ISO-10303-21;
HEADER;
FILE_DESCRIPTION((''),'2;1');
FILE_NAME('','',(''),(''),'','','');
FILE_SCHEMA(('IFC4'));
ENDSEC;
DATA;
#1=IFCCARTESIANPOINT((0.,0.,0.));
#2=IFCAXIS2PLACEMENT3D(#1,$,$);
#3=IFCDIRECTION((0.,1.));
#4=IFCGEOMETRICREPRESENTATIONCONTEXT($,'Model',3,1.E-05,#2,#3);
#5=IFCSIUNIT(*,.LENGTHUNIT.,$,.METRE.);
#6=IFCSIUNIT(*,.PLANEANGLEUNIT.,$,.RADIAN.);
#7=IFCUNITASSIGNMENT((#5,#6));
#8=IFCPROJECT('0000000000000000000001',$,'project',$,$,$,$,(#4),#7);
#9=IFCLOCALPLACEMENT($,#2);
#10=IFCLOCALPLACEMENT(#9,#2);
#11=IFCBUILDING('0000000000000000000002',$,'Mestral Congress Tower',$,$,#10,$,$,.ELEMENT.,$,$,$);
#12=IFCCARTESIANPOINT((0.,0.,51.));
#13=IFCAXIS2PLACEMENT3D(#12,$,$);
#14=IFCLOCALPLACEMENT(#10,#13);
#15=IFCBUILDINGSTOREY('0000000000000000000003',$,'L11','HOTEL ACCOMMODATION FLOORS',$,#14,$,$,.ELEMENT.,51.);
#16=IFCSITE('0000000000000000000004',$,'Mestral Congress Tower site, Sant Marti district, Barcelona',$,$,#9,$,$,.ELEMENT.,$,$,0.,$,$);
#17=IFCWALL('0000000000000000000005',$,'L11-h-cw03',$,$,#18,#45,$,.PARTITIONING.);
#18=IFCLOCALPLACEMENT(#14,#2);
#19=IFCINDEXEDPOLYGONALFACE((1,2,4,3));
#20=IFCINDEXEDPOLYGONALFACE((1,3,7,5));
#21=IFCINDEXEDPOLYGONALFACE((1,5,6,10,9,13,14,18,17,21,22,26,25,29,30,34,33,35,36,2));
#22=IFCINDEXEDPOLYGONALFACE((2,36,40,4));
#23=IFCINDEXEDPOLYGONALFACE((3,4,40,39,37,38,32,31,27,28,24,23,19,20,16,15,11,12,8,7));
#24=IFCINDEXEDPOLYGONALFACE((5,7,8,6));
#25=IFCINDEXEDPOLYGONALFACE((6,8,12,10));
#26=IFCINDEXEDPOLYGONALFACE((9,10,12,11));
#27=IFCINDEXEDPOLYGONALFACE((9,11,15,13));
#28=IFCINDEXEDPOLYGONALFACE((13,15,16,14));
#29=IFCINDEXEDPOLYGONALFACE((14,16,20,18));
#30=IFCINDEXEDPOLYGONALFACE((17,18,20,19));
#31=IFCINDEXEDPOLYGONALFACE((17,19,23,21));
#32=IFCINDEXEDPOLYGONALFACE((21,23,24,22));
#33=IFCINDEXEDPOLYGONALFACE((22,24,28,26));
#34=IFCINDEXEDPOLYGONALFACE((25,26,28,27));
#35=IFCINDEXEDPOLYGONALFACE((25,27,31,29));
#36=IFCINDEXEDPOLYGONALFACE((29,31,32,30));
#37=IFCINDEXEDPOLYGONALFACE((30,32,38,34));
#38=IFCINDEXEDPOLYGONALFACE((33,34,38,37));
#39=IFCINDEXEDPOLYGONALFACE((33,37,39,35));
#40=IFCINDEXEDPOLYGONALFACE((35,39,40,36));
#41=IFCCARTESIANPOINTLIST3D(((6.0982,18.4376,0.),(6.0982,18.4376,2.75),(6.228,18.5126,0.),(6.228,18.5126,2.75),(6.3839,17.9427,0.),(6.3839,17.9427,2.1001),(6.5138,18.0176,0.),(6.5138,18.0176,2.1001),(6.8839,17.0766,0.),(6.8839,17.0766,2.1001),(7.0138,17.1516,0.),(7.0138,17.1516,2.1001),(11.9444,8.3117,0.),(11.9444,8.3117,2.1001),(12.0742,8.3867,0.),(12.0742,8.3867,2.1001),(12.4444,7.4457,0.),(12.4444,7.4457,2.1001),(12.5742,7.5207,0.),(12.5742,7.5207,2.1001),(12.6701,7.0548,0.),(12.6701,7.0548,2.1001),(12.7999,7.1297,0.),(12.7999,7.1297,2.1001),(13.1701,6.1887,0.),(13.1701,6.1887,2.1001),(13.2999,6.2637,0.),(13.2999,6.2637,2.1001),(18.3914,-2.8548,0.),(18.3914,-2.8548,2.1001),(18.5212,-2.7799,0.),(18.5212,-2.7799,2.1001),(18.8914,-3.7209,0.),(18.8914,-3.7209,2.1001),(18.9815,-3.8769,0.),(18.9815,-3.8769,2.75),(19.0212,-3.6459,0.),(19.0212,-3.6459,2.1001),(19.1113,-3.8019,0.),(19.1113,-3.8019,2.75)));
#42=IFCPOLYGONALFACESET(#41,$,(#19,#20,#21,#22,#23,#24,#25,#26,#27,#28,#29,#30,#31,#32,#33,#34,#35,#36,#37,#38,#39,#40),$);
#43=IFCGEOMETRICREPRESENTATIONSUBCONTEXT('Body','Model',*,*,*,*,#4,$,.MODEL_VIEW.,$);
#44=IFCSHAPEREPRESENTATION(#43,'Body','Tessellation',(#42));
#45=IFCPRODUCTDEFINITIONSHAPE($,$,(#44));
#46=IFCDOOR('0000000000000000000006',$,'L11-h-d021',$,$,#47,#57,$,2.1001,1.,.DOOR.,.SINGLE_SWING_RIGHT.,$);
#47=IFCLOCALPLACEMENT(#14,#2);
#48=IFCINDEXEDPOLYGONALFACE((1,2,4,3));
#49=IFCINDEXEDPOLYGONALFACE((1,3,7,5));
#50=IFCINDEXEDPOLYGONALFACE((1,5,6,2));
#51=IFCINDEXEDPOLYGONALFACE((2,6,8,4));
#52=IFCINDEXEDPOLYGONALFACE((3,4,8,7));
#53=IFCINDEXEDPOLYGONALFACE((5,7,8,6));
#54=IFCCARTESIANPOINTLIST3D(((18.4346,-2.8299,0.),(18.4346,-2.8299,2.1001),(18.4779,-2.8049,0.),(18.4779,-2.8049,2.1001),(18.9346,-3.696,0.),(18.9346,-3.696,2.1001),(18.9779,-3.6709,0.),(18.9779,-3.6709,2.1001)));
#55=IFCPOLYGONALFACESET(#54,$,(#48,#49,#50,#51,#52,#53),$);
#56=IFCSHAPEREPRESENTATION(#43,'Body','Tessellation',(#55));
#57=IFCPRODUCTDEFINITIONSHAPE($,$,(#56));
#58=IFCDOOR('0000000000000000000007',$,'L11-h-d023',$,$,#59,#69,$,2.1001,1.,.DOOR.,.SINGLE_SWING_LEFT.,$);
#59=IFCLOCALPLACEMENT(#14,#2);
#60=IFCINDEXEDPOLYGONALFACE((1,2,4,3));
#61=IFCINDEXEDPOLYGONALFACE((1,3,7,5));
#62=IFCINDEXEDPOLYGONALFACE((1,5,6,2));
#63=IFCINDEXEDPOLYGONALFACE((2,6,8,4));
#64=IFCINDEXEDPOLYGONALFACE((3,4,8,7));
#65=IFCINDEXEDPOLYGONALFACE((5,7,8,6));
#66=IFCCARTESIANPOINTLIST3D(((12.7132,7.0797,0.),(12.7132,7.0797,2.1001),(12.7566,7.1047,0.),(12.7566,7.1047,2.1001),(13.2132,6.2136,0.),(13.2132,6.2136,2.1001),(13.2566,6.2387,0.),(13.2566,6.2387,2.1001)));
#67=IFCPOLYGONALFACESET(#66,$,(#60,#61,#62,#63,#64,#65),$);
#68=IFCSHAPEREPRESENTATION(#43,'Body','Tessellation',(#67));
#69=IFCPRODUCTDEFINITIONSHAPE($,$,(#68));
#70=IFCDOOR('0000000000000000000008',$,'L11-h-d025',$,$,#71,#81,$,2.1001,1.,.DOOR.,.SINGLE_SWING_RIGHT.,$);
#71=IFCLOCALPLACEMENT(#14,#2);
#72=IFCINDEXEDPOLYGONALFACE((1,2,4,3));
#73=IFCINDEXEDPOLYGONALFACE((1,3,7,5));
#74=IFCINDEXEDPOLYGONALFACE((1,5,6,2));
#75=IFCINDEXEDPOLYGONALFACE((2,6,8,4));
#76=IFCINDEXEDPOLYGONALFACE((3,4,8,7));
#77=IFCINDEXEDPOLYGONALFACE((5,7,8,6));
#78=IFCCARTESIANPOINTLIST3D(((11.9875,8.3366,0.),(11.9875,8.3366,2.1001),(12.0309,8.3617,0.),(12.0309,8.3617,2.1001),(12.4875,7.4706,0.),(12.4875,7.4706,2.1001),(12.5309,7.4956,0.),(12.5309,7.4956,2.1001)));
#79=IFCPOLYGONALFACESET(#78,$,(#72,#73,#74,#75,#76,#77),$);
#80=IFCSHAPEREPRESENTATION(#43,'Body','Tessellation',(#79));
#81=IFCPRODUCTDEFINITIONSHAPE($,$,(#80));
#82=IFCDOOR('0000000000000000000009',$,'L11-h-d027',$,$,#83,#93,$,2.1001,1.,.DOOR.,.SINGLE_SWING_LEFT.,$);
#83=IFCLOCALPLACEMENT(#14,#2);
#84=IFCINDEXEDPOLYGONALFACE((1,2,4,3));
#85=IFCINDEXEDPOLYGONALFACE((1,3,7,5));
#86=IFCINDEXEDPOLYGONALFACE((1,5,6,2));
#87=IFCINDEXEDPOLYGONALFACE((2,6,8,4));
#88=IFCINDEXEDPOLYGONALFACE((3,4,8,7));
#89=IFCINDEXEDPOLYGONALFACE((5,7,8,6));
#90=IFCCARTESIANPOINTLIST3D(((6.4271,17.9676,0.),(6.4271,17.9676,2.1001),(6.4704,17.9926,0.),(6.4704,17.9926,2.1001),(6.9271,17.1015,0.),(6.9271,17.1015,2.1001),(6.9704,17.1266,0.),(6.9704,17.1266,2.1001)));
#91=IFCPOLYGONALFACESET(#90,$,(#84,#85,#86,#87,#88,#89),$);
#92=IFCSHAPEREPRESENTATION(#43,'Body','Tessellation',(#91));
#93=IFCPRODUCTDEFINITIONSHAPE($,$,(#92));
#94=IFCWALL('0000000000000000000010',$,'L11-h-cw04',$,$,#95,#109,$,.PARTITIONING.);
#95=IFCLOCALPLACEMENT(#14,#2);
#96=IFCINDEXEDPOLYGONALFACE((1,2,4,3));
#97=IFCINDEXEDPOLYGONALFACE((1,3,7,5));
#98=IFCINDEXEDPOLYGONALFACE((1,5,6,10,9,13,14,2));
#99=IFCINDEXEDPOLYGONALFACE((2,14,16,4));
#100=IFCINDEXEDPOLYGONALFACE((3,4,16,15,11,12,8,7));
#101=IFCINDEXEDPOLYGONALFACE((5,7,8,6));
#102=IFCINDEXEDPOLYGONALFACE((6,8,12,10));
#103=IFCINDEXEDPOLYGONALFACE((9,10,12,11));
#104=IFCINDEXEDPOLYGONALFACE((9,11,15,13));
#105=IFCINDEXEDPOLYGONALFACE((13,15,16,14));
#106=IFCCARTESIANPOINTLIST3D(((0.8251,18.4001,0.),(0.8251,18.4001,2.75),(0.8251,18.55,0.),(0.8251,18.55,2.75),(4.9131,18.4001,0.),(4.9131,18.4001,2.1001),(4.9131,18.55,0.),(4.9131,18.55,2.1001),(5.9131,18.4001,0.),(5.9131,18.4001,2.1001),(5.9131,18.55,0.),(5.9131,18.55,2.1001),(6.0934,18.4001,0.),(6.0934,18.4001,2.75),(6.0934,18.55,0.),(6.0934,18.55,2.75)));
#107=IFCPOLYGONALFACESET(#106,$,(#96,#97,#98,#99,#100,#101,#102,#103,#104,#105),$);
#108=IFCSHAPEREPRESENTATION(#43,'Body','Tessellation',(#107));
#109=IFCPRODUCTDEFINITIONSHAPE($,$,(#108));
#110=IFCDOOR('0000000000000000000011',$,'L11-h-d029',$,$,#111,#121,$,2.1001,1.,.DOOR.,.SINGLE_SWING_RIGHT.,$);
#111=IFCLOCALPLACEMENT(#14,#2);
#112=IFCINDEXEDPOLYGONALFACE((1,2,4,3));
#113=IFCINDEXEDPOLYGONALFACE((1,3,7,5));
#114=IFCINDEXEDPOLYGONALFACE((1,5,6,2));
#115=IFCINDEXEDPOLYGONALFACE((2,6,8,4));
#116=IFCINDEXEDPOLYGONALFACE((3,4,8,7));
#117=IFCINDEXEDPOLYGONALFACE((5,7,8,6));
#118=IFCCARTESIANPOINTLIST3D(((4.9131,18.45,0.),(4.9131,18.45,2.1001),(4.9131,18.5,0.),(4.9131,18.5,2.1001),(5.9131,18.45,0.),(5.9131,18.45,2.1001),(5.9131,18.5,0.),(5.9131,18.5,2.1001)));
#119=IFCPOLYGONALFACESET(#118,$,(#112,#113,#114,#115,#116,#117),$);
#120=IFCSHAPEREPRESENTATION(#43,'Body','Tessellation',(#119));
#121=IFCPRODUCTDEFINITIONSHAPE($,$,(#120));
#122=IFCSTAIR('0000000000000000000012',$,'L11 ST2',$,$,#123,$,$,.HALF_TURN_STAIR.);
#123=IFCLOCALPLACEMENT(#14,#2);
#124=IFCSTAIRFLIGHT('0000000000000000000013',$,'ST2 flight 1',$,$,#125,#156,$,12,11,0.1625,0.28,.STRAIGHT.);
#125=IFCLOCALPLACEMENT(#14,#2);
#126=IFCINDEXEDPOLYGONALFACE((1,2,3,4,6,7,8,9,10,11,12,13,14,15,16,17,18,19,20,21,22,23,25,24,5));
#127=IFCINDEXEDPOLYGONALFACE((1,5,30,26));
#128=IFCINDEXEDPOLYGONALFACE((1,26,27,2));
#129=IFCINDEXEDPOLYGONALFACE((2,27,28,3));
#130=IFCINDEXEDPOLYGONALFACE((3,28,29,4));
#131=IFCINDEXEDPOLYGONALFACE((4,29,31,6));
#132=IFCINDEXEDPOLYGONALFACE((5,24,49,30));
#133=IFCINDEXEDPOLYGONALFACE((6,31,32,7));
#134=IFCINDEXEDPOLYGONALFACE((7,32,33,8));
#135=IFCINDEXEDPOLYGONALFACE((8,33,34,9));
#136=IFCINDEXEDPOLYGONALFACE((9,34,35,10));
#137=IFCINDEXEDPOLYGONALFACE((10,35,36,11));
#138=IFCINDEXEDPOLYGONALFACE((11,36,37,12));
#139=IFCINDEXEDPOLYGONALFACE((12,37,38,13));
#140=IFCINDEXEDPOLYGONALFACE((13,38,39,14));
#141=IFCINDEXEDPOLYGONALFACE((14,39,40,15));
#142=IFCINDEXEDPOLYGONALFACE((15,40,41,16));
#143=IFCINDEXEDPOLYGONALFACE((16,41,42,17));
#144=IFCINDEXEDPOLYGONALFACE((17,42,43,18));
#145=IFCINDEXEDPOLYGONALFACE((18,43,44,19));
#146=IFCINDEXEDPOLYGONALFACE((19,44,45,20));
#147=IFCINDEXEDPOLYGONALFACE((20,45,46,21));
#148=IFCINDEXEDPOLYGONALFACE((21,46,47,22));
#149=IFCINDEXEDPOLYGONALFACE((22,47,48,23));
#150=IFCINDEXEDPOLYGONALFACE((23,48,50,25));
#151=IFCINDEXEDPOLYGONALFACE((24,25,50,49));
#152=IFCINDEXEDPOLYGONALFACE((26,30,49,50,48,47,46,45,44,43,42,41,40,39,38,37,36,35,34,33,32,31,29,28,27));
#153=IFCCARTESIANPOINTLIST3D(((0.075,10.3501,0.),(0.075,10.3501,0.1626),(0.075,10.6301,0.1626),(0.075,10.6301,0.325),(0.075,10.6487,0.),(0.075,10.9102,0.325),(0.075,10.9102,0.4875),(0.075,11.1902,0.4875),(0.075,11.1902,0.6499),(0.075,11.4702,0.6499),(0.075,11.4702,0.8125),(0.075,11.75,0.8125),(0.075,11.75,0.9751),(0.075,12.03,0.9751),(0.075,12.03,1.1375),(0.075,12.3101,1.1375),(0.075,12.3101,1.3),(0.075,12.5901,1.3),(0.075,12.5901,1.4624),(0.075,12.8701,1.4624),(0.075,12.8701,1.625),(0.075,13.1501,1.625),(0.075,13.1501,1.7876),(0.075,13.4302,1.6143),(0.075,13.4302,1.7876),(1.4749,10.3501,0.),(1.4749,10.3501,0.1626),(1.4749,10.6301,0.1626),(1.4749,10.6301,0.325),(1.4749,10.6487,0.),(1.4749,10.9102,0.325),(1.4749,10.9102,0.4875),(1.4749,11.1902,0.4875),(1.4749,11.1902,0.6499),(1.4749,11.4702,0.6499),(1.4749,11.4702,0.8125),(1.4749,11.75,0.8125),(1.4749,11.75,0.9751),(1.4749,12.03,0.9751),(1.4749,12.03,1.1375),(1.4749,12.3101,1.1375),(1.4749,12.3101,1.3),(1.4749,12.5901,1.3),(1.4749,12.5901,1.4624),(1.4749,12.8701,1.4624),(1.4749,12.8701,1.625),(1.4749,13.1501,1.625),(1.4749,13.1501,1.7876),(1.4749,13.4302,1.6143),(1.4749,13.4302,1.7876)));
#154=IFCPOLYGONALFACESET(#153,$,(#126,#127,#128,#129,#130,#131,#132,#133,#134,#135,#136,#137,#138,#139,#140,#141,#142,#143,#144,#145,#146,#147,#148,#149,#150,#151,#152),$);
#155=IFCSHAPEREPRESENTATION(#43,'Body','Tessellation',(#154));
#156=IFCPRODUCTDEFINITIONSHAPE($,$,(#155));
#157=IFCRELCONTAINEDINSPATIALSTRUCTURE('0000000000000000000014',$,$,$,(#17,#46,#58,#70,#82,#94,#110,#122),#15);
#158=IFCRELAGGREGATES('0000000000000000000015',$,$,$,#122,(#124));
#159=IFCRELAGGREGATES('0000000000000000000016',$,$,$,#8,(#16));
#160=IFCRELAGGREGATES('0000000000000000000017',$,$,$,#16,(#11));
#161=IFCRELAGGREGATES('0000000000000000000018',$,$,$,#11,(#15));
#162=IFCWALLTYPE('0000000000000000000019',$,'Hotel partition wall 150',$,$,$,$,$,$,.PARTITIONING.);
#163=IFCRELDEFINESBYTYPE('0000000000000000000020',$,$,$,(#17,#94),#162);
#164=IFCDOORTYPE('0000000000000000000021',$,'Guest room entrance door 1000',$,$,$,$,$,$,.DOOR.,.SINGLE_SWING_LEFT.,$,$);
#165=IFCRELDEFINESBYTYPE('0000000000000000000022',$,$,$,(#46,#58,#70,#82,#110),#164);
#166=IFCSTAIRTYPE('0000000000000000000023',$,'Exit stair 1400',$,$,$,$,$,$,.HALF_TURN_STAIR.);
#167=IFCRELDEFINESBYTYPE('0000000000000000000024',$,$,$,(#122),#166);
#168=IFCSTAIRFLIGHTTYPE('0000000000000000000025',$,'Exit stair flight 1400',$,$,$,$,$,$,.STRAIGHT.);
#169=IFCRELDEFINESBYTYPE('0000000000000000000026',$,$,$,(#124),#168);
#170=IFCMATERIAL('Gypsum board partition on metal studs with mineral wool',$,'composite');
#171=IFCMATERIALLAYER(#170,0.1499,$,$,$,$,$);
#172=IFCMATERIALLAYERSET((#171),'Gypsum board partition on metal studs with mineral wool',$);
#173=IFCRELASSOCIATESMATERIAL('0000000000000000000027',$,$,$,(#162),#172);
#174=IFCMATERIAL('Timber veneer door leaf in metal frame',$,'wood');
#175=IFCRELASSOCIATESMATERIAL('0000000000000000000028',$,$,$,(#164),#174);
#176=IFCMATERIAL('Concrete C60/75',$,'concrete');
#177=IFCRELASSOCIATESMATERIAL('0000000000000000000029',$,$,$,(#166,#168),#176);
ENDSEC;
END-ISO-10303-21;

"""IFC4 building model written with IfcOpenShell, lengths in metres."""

from ifc_helpers import new_model, si_unit, direction, frame, frame_2d, origin, place, context, subcontext, project, spatial, polyline, rectangle, outline, extrude, material, layer, layer_set, type_object, element, fill, aggregate, save


model = new_model("IFC4")

# Units and contexts
model_context = context("Model", 3, precision=1e-05, world=origin(), true_north=direction((0.0, 1.0)))
body_context = subcontext(model_context, "Body", "Model", "MODEL_VIEW")
ifc_project = project(units=[si_unit("LENGTHUNIT", "METRE"), si_unit("PLANEANGLEUNIT", "RADIAN")], contexts=[model_context])

# Site, building, storey
site_placement = place(None, origin())
site = spatial("IfcSite", under=ifc_project, at=site_placement, Name="Mestral Congress Tower site, Sant Marti district, Barcelona", CompositionType="ELEMENT", RefElevation=0.0)
building_placement = place(site_placement, origin())
building = spatial("IfcBuilding", under=site, at=building_placement, Name="Mestral Congress Tower", CompositionType="ELEMENT")
storey_placement = place(building_placement, frame((0.0, 0.0, 51.0)))
storey = spatial("IfcBuildingStorey", under=building, at=storey_placement, Name="L11", Description="HOTEL ACCOMMODATION FLOORS", CompositionType="ELEMENT", Elevation=51.0)

# Shared definitions
ifc_material_1 = material(Name="Concrete C60/75", Category="concrete")

# Shared definitions
ifc_material_2 = material(Name="Gypsum board partition on metal studs with mineral wool", Category="composite")

# Wall, openings, doors
ifc_layer_1 = layer(ifc_material_2, 0.1499)
ifc_layer_set_1 = layer_set([ifc_layer_1], Name="Gypsum board partition on metal studs with mineral wool")
wall_type_1 = type_object("IfcWallType", Name="Hotel partition wall 150", PredefinedType="PARTITIONING", material=ifc_layer_set_1)
wall_1_placement = place(storey_placement, frame((6.1631, 18.4751, 0.0), z_axis=(0.0, 0.0, 1.0), x_axis=(0.500001, -0.866025, 0.0)))
wall_1 = element("IfcWall", 1, at=wall_1_placement, inside=storey, type_object=wall_type_1, Name="L11-h-cw03", PredefinedType="PARTITIONING", context=body_context, shape_type="SweptSolid", body=[
    extrude(rectangle(XDim=25.7666, YDim=0.1499, at=frame_2d((12.8833, 0.0))), origin(), (0.0, 0.0, 1.0), 2.75),
])
opening_1_placement = place(wall_1_placement, frame((24.5864, 0.0, 0.0)))
opening_1 = element("IfcOpeningElement", 2, at=opening_1_placement, cuts=wall_1, PredefinedType="OPENING", context=body_context, shape_type="SweptSolid", body=[
    extrude(rectangle(XDim=1.0, YDim=2.1001, at=frame_2d((0.5, 1.05))), frame((0.0, 0.085, 0.0), z_axis=(0.0, -1.0, 0.0), x_axis=(1.0, 0.0, 0.0)), (0.0, 0.0, 1.0), 0.1699),
])
opening_2_placement = place(wall_1_placement, frame((13.1438, 0.0, 0.0)))
opening_2 = element("IfcOpeningElement", 3, at=opening_2_placement, cuts=wall_1, PredefinedType="OPENING", context=body_context, shape_type="SweptSolid", body=[
    extrude(rectangle(XDim=1.0, YDim=2.1001, at=frame_2d((0.5, 1.05))), frame((0.0, 0.085, 0.0), z_axis=(0.0, -1.0, 0.0), x_axis=(1.0, 0.0, 0.0)), (0.0, 0.0, 1.0), 0.1699),
])
opening_3_placement = place(wall_1_placement, frame((11.6924, 0.0, 0.0)))
opening_3 = element("IfcOpeningElement", 4, at=opening_3_placement, cuts=wall_1, PredefinedType="OPENING", context=body_context, shape_type="SweptSolid", body=[
    extrude(rectangle(XDim=1.0, YDim=2.1001, at=frame_2d((0.5, 1.05))), frame((0.0, 0.085, 0.0), z_axis=(0.0, -1.0, 0.0), x_axis=(1.0, 0.0, 0.0)), (0.0, 0.0, 1.0), 0.1699),
])
opening_4_placement = place(wall_1_placement, frame((0.5715, 0.0, 0.0)))
opening_4 = element("IfcOpeningElement", 5, at=opening_4_placement, cuts=wall_1, PredefinedType="OPENING", context=body_context, shape_type="SweptSolid", body=[
    extrude(rectangle(XDim=1.0, YDim=2.1001, at=frame_2d((0.5, 1.05))), frame((0.0, 0.085, 0.0), z_axis=(0.0, -1.0, 0.0), x_axis=(1.0, 0.0, 0.0)), (0.0, 0.0, 1.0), 0.1699),
])
ifc_material_3 = material(Name="Timber veneer door leaf in metal frame", Category="wood")
door_type_1 = type_object("IfcDoorType", Name="Guest room entrance door 1000", OperationType="SINGLE_SWING_LEFT", PredefinedType="DOOR", material=ifc_material_3)
door_1_placement = place(opening_1_placement, origin())
door_1 = element("IfcDoor", 6, at=door_1_placement, inside=storey, type_object=door_type_1, Name="L11-h-d021", OperationType="SINGLE_SWING_RIGHT", OverallHeight=2.1001, OverallWidth=1.0, PredefinedType="DOOR", context=body_context, shape_type="SweptSolid", body=[
    extrude(rectangle(XDim=1.0, YDim=2.1001, at=frame_2d((0.5, 1.05))), frame((0.0, 0.0249, 0.0), z_axis=(0.0, -1.0, 0.0), x_axis=(1.0, 0.0, 0.0)), (0.0, 0.0, 1.0), 0.05),
])
fill(opening_1, door_1)
door_2_placement = place(opening_2_placement, origin())
door_2 = element("IfcDoor", 7, at=door_2_placement, inside=storey, type_object=door_type_1, Name="L11-h-d023", OperationType="SINGLE_SWING_LEFT", OverallHeight=2.1001, OverallWidth=1.0, PredefinedType="DOOR", context=body_context, shape_type="SweptSolid", body=[
    extrude(rectangle(XDim=1.0, YDim=2.1001, at=frame_2d((0.5, 1.05))), frame((0.0, 0.0249, 0.0), z_axis=(0.0, -1.0, 0.0), x_axis=(1.0, 0.0, 0.0)), (0.0, 0.0, 1.0), 0.05),
])
fill(opening_2, door_2)
door_3_placement = place(opening_3_placement, origin())
door_3 = element("IfcDoor", 8, at=door_3_placement, inside=storey, type_object=door_type_1, Name="L11-h-d025", OperationType="SINGLE_SWING_RIGHT", OverallHeight=2.1001, OverallWidth=1.0, PredefinedType="DOOR", context=body_context, shape_type="SweptSolid", body=[
    extrude(rectangle(XDim=1.0, YDim=2.1001, at=frame_2d((0.5, 1.05))), frame((0.0, 0.0249, 0.0), z_axis=(0.0, -1.0, 0.0), x_axis=(1.0, 0.0, 0.0)), (0.0, 0.0, 1.0), 0.05),
])
fill(opening_3, door_3)
door_4_placement = place(opening_4_placement, origin())
door_4 = element("IfcDoor", 9, at=door_4_placement, inside=storey, type_object=door_type_1, Name="L11-h-d027", OperationType="SINGLE_SWING_LEFT", OverallHeight=2.1001, OverallWidth=1.0, PredefinedType="DOOR", context=body_context, shape_type="SweptSolid", body=[
    extrude(rectangle(XDim=1.0, YDim=2.1001, at=frame_2d((0.5, 1.05))), frame((0.0, 0.0249, 0.0), z_axis=(0.0, -1.0, 0.0), x_axis=(1.0, 0.0, 0.0)), (0.0, 0.0, 1.0), 0.05),
])
fill(opening_4, door_4)

# Wall, opening, door
wall_2_placement = place(storey_placement, frame((0.825, 18.4751, 0.0), z_axis=(0.0, 0.0, 1.0), x_axis=(1.0, 0.0, 0.0)))
wall_2 = element("IfcWall", 10, at=wall_2_placement, inside=storey, type_object=wall_type_1, Name="L11-h-cw04", PredefinedType="PARTITIONING", context=body_context, shape_type="SweptSolid", body=[
    extrude(rectangle(XDim=5.2683, YDim=0.1499, at=frame_2d((2.6343, 0.0))), origin(), (0.0, 0.0, 1.0), 2.75),
])
opening_5_placement = place(wall_2_placement, frame((4.0881, 0.0, 0.0)))
opening_5 = element("IfcOpeningElement", 11, at=opening_5_placement, cuts=wall_2, PredefinedType="OPENING", context=body_context, shape_type="SweptSolid", body=[
    extrude(rectangle(XDim=1.0, YDim=2.1001, at=frame_2d((0.5, 1.05))), frame((0.0, 0.085, 0.0), z_axis=(0.0, -1.0, 0.0), x_axis=(1.0, 0.0, 0.0)), (0.0, 0.0, 1.0), 0.1699),
])
door_5_placement = place(opening_5_placement, origin())
door_5 = element("IfcDoor", 12, at=door_5_placement, inside=storey, type_object=door_type_1, Name="L11-h-d029", OperationType="SINGLE_SWING_RIGHT", OverallHeight=2.1001, OverallWidth=1.0, PredefinedType="DOOR", context=body_context, shape_type="SweptSolid", body=[
    extrude(rectangle(XDim=1.0, YDim=2.1001, at=frame_2d((0.5, 1.05))), frame((0.0, 0.0249, 0.0), z_axis=(0.0, -1.0, 0.0), x_axis=(1.0, 0.0, 0.0)), (0.0, 0.0, 1.0), 0.05),
])
fill(opening_5, door_5)

# Stair, stair flight
stair_type = type_object("IfcStairType", Name="Exit stair 1400", PredefinedType="HALF_TURN_STAIR", material=ifc_material_1)
stair_placement = place(storey_placement, origin())
stair = element("IfcStair", 13, at=stair_placement, inside=storey, type_object=stair_type, Name="L11 ST2", PredefinedType="HALF_TURN_STAIR")
stair_flight_type = type_object("IfcStairFlightType", Name="Exit stair flight 1400", PredefinedType="STRAIGHT", material=ifc_material_1)
stair_flight_placement = place(storey_placement, frame((0.7749, 10.3501, 0.0), z_axis=(0.0, 0.0, 1.0), x_axis=(0.0, 1.0, 0.0)))
stair_flight = element("IfcStairFlight", 14, at=stair_flight_placement, type_object=stair_flight_type, Name="ST2 flight 1", NumberOfRisers=12, NumberOfTreads=11, PredefinedType="STRAIGHT", RiserHeight=0.1625, TreadLength=0.28, context=body_context, shape_type="SweptSolid", body=[
    extrude(outline(polyline([(0.0, 0.0), (0.0, 0.1626), (0.28, 0.1626), (0.28, 0.325), (0.5601, 0.325), (0.5601, 0.4875), (0.8401, 0.4875), (0.8401, 0.6499), (1.1201, 0.6499), (1.1201, 0.8125), (1.3999, 0.8125), (1.3999, 0.9751), (1.6799, 0.9751), (1.6799, 1.1375), (1.96, 1.1375), (1.96, 1.3), (2.24, 1.3), (2.24, 1.4624), (2.52, 1.4624), (2.52, 1.625), (2.8, 1.625), (2.8, 1.7876), (3.0801, 1.7876), (3.0801, 1.95), (3.0801, 1.6143), (0.2986, 0.0), (0.0, 0.0)])), frame((0.0, 0.7, 0.0), z_axis=(0.0, -1.0, 0.0), x_axis=(1.0, 0.0, 0.0)), (0.0, 0.0, 1.0), 1.3999),
])
aggregate(stair, [stair_flight])

save(model, "model.ifc")
